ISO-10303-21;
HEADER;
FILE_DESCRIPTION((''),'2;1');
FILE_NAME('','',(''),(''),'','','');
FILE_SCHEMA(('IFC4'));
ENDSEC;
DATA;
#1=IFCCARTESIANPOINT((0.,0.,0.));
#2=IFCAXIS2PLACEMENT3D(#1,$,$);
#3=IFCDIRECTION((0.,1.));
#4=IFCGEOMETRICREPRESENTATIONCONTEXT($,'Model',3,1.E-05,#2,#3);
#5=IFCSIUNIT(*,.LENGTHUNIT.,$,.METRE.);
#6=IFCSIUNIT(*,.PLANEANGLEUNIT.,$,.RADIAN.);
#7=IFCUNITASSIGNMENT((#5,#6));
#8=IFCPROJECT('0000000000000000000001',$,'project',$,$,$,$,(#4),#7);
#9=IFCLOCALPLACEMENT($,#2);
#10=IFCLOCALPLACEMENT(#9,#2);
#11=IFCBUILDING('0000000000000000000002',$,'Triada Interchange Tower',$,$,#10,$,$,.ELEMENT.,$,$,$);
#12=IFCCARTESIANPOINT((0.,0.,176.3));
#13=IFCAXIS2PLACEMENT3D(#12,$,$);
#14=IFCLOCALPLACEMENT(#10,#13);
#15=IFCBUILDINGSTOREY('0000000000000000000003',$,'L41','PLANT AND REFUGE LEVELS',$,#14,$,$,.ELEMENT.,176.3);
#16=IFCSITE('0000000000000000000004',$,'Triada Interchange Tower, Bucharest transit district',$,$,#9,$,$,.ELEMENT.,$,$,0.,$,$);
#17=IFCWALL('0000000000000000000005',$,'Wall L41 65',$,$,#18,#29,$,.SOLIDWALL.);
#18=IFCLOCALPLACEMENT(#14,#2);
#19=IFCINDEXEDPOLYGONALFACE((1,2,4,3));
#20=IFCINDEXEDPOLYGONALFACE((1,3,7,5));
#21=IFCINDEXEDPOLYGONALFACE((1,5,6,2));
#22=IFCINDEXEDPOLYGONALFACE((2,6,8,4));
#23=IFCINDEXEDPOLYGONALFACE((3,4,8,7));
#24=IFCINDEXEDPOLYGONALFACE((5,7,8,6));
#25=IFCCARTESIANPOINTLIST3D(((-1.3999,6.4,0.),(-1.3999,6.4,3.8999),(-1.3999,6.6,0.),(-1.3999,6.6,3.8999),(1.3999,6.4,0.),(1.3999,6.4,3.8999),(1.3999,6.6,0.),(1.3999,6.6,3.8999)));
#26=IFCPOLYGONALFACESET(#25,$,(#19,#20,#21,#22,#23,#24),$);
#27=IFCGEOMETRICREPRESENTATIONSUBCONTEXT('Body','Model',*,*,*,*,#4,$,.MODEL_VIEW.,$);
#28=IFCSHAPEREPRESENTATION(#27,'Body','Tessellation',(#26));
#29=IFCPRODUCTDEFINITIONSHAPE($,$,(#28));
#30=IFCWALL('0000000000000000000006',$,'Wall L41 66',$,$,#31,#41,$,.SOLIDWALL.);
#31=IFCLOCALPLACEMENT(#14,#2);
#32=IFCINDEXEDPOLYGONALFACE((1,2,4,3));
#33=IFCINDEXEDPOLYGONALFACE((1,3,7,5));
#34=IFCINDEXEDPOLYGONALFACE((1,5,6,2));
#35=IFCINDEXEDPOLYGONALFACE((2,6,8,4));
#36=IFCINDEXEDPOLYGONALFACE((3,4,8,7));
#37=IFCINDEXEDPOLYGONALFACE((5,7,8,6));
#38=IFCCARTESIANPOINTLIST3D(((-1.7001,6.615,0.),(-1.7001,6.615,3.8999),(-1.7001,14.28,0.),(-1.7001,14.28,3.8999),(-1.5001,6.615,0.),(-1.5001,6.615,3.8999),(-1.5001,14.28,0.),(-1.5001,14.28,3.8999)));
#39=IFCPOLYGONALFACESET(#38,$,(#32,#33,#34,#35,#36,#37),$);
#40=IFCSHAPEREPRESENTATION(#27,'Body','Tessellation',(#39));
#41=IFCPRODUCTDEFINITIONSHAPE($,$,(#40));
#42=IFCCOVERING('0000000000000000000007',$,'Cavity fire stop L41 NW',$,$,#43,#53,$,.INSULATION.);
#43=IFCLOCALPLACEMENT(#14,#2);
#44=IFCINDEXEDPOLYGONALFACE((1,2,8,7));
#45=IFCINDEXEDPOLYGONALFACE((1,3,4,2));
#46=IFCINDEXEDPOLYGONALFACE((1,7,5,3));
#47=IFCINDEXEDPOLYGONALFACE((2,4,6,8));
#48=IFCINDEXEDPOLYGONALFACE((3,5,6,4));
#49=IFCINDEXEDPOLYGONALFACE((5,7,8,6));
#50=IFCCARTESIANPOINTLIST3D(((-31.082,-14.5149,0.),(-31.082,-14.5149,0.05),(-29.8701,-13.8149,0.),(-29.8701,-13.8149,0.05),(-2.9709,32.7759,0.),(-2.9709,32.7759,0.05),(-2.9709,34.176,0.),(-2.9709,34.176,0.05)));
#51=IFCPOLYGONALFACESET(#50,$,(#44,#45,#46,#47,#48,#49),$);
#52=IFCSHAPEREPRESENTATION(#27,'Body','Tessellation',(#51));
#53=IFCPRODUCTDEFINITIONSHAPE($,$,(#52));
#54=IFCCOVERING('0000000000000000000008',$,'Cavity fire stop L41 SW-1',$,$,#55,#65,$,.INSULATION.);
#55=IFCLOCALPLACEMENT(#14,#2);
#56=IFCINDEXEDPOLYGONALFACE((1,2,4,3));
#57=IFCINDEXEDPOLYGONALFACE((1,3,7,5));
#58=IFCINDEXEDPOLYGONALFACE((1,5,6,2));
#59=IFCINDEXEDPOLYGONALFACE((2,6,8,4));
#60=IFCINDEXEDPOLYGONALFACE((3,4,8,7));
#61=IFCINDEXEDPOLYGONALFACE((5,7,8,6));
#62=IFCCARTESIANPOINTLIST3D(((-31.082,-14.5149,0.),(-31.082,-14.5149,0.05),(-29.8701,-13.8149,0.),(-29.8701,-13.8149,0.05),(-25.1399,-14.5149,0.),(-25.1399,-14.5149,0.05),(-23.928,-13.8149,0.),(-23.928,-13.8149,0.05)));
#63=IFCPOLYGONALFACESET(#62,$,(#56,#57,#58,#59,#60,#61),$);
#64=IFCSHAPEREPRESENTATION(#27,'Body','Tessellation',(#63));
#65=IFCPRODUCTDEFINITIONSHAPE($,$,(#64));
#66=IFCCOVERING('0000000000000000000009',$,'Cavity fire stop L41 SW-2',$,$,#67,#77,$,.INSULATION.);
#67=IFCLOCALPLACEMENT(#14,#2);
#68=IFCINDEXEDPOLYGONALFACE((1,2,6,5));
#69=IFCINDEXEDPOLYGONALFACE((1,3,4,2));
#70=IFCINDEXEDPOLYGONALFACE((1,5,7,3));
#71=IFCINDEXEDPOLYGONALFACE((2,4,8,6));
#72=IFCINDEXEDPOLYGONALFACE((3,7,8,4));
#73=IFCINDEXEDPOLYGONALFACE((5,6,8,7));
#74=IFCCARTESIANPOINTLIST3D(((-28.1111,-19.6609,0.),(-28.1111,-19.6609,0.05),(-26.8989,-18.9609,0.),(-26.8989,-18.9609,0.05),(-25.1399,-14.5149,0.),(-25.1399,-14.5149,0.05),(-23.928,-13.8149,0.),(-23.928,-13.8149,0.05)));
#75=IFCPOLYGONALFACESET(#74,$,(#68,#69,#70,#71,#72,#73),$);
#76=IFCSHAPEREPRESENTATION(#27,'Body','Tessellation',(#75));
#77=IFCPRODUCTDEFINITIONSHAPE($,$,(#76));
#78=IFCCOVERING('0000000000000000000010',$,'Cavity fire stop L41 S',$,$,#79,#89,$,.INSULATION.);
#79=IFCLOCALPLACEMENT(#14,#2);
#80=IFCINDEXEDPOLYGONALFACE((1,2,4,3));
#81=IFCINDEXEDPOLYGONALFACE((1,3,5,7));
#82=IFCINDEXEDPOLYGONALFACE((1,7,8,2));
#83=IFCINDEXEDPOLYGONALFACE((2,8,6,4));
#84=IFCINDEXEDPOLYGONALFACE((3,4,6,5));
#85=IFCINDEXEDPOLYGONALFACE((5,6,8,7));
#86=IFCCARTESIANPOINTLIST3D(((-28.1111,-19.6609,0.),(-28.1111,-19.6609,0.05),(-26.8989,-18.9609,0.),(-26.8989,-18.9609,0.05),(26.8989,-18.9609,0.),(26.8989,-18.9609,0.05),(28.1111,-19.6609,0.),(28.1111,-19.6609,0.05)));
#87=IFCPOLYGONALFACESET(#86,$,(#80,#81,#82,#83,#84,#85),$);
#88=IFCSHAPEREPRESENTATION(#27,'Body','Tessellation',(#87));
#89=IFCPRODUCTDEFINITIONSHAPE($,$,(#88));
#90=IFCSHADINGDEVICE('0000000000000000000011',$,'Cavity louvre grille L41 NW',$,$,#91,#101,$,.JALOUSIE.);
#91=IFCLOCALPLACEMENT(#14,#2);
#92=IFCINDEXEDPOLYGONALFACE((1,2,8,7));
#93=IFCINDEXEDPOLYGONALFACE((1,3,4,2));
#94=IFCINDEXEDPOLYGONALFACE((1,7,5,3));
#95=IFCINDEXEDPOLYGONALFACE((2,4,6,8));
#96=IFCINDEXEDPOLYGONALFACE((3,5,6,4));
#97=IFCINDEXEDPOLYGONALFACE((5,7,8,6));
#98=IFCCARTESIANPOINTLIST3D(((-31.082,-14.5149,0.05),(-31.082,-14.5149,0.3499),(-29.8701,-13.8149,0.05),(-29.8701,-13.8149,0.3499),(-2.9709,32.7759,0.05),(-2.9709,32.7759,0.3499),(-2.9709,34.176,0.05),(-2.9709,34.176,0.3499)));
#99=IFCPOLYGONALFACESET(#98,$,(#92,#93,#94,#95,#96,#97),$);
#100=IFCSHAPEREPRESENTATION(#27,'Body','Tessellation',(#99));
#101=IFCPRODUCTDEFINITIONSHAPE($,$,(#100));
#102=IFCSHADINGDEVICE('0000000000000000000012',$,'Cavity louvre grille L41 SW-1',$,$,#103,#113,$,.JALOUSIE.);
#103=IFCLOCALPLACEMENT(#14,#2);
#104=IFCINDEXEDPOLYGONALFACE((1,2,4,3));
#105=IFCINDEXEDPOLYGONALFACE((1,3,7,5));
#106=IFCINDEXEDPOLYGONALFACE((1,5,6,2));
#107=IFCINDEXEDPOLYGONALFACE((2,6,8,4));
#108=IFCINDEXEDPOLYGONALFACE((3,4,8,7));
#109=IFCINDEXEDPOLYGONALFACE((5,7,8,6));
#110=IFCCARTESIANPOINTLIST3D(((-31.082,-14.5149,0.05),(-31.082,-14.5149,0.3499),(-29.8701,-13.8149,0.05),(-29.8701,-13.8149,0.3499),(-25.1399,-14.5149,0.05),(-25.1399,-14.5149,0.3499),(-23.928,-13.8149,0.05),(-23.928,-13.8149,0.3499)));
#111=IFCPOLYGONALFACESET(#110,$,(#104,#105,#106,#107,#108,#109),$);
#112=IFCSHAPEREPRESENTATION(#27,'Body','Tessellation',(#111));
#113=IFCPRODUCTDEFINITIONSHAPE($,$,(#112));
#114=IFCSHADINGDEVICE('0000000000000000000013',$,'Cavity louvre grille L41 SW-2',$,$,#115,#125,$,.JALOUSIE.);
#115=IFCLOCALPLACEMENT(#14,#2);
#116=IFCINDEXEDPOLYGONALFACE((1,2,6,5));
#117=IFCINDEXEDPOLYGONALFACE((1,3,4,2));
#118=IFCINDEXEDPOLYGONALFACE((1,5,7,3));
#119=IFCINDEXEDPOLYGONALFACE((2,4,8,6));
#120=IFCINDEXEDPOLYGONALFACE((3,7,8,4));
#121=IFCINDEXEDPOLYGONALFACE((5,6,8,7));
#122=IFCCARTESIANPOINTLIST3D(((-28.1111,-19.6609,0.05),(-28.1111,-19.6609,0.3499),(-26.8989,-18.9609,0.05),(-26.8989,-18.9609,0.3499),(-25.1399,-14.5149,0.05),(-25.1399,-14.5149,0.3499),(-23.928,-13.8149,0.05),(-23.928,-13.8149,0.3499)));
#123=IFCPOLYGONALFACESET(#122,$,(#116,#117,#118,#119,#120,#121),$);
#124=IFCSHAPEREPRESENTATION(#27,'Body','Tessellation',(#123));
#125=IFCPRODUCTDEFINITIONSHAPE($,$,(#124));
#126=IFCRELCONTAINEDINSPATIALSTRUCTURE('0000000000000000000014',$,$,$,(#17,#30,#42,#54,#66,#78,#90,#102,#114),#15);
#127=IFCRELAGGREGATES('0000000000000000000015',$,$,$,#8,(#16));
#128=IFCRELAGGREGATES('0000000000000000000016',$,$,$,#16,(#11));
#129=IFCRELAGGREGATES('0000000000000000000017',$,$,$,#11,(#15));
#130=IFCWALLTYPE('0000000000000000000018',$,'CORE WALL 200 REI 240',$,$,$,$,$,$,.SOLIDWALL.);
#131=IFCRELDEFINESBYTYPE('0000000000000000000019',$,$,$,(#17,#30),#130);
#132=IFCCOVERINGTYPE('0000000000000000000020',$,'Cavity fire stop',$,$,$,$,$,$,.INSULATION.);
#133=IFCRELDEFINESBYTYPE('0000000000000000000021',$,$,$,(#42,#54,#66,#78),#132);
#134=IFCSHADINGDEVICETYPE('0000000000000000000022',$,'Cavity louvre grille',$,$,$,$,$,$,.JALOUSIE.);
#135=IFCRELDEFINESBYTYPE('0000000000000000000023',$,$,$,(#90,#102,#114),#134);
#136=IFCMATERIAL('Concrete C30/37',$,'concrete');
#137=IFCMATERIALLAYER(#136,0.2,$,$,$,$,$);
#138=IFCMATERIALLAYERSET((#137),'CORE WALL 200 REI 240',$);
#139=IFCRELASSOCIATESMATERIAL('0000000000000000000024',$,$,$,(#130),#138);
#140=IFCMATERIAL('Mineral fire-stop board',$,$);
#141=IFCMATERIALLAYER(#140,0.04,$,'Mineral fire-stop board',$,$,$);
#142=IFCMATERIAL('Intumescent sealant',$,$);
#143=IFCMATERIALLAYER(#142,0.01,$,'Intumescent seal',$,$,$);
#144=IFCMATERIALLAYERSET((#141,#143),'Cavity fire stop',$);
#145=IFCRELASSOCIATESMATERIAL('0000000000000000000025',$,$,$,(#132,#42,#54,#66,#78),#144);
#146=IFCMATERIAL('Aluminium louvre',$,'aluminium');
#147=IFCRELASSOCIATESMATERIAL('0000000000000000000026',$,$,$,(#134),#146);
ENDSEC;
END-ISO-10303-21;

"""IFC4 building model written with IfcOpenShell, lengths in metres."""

from ifc_helpers import new_model, si_unit, direction, frame, frame_2d, origin, place, context, subcontext, project, spatial, polyline, rectangle, outline, extrude, material, layer, layer_set, layer_usage, type_object, element, save


model = new_model("IFC4")

# Units and contexts
model_context = context("Model", 3, precision=1e-05, world=origin(), true_north=direction((0.0, 1.0)))
body_context = subcontext(model_context, "Body", "Model", "MODEL_VIEW")
ifc_project = project(units=[si_unit("LENGTHUNIT", "METRE"), si_unit("PLANEANGLEUNIT", "RADIAN")], contexts=[model_context])

# Site, building, storey
site_placement = place(None, origin())
site = spatial("IfcSite", under=ifc_project, at=site_placement, Name="Triada Interchange Tower, Bucharest transit district", CompositionType="ELEMENT", RefElevation=0.0)
building_placement = place(site_placement, origin())
building = spatial("IfcBuilding", under=site, at=building_placement, Name="Triada Interchange Tower", CompositionType="ELEMENT")
storey_placement = place(building_placement, frame((0.0, 0.0, 176.3)))
storey = spatial("IfcBuildingStorey", under=building, at=storey_placement, Name="L41", Description="PLANT AND REFUGE LEVELS", CompositionType="ELEMENT", Elevation=176.3)

# Shared definitions
ifc_material_1 = material(Name="Concrete C30/37", Category="concrete")

# Walls
ifc_layer_1 = layer(ifc_material_1, 0.2)
ifc_layer_set_1 = layer_set([ifc_layer_1], Name="CORE WALL 200 REI 240")
wall_type_1 = type_object("IfcWallType", Name="CORE WALL 200 REI 240", PredefinedType="SOLIDWALL", material=ifc_layer_set_1)
wall_1_placement = place(storey_placement, frame((-1.3999, 6.5, 0.0), z_axis=(0.0, 0.0, 1.0), x_axis=(1.0, 0.0, 0.0)))
element("IfcWall", 1, at=wall_1_placement, inside=storey, type_object=wall_type_1, Name="Wall L41 65", PredefinedType="SOLIDWALL", context=body_context, shape_type="SweptSolid", body=[
    extrude(rectangle(XDim=2.7998, YDim=0.2, at=frame_2d((1.3999, 0.0))), origin(), (0.0, 0.0, 1.0), 3.8999),
])
wall_2_placement = place(storey_placement, frame((-1.6001, 6.615, 0.0), z_axis=(0.0, 0.0, 1.0), x_axis=(0.0, 1.0, 0.0)))
element("IfcWall", 2, at=wall_2_placement, inside=storey, type_object=wall_type_1, Name="Wall L41 66", PredefinedType="SOLIDWALL", context=body_context, shape_type="SweptSolid", body=[
    extrude(rectangle(XDim=7.665, YDim=0.2, at=frame_2d((3.8325, 0.0))), origin(), (0.0, 0.0, 1.0), 3.8999),
])

# Coverings
ifc_material_2 = material(Name="Mineral fire-stop board")
ifc_layer_2 = layer(ifc_material_2, 0.04, Name="Mineral fire-stop board")
ifc_material_3 = material(Name="Intumescent sealant")
ifc_layer_3 = layer(ifc_material_3, 0.01, Name="Intumescent seal")
ifc_layer_set_2 = layer_set([ifc_layer_2, ifc_layer_3], Name="Cavity fire stop")
ifc_layer_usage = layer_usage(ifc_layer_set_2, "AXIS3", "POSITIVE", 0.0)
covering_type = type_object("IfcCoveringType", Name="Cavity fire stop", PredefinedType="INSULATION", material=ifc_layer_set_2)
covering_1_placement = place(storey_placement, origin())
element("IfcCovering", 3, at=covering_1_placement, inside=storey, type_object=covering_type, material=ifc_layer_usage, Name="Cavity fire stop L41 NW", PredefinedType="INSULATION", context=body_context, shape_type="SweptSolid", body=[
    extrude(outline(polyline([(-2.9709, 32.7759), (-2.9709, 34.176), (-31.082, -14.5149), (-29.8701, -13.8149), (-2.9709, 32.7759)])), origin(), (0.0, 0.0, 1.0), 0.05),
])
covering_2_placement = place(storey_placement, origin())
element("IfcCovering", 4, at=covering_2_placement, inside=storey, type_object=covering_type, material=ifc_layer_usage, Name="Cavity fire stop L41 SW-1", PredefinedType="INSULATION", context=body_context, shape_type="SweptSolid", body=[
    extrude(outline(polyline([(-29.8701, -13.8149), (-31.082, -14.5149), (-25.1399, -14.5149), (-23.928, -13.8149), (-29.8701, -13.8149)])), origin(), (0.0, 0.0, 1.0), 0.05),
])
covering_3_placement = place(storey_placement, origin())
element("IfcCovering", 5, at=covering_3_placement, inside=storey, type_object=covering_type, material=ifc_layer_usage, Name="Cavity fire stop L41 SW-2", PredefinedType="INSULATION", context=body_context, shape_type="SweptSolid", body=[
    extrude(outline(polyline([(-23.928, -13.8149), (-25.1399, -14.5149), (-28.1111, -19.6609), (-26.8989, -18.9609), (-23.928, -13.8149)])), origin(), (0.0, 0.0, 1.0), 0.05),
])
covering_4_placement = place(storey_placement, origin())
element("IfcCovering", 6, at=covering_4_placement, inside=storey, type_object=covering_type, material=ifc_layer_usage, Name="Cavity fire stop L41 S", PredefinedType="INSULATION", context=body_context, shape_type="SweptSolid", body=[
    extrude(outline(polyline([(-26.8989, -18.9609), (-28.1111, -19.6609), (28.1111, -19.6609), (26.8989, -18.9609), (-26.8989, -18.9609)])), origin(), (0.0, 0.0, 1.0), 0.05),
])

# Shading devices
ifc_material_4 = material(Name="Aluminium louvre", Category="aluminium")
shading_device_type = type_object("IfcShadingDeviceType", Name="Cavity louvre grille", PredefinedType="JALOUSIE", material=ifc_material_4)
shading_device_1_placement = place(storey_placement, frame((0.0, 0.0, 0.05)))
element("IfcShadingDevice", 7, at=shading_device_1_placement, inside=storey, type_object=shading_device_type, Name="Cavity louvre grille L41 NW", PredefinedType="JALOUSIE", context=body_context, shape_type="SweptSolid", body=[
    extrude(outline(polyline([(-2.9709, 32.7759), (-2.9709, 34.176), (-31.082, -14.5149), (-29.8701, -13.8149), (-2.9709, 32.7759)])), origin(), (0.0, 0.0, 1.0), 0.2998),
])
shading_device_2_placement = place(storey_placement, frame((0.0, 0.0, 0.05)))
element("IfcShadingDevice", 8, at=shading_device_2_placement, inside=storey, type_object=shading_device_type, Name="Cavity louvre grille L41 SW-1", PredefinedType="JALOUSIE", context=body_context, shape_type="SweptSolid", body=[
    extrude(outline(polyline([(-29.8701, -13.8149), (-31.082, -14.5149), (-25.1399, -14.5149), (-23.928, -13.8149), (-29.8701, -13.8149)])), origin(), (0.0, 0.0, 1.0), 0.2998),
])
shading_device_3_placement = place(storey_placement, frame((0.0, 0.0, 0.05)))
element("IfcShadingDevice", 9, at=shading_device_3_placement, inside=storey, type_object=shading_device_type, Name="Cavity louvre grille L41 SW-2", PredefinedType="JALOUSIE", context=body_context, shape_type="SweptSolid", body=[
    extrude(outline(polyline([(-23.928, -13.8149), (-25.1399, -14.5149), (-28.1111, -19.6609), (-26.8989, -18.9609), (-23.928, -13.8149)])), origin(), (0.0, 0.0, 1.0), 0.2998),
])

save(model, "model.ifc")
